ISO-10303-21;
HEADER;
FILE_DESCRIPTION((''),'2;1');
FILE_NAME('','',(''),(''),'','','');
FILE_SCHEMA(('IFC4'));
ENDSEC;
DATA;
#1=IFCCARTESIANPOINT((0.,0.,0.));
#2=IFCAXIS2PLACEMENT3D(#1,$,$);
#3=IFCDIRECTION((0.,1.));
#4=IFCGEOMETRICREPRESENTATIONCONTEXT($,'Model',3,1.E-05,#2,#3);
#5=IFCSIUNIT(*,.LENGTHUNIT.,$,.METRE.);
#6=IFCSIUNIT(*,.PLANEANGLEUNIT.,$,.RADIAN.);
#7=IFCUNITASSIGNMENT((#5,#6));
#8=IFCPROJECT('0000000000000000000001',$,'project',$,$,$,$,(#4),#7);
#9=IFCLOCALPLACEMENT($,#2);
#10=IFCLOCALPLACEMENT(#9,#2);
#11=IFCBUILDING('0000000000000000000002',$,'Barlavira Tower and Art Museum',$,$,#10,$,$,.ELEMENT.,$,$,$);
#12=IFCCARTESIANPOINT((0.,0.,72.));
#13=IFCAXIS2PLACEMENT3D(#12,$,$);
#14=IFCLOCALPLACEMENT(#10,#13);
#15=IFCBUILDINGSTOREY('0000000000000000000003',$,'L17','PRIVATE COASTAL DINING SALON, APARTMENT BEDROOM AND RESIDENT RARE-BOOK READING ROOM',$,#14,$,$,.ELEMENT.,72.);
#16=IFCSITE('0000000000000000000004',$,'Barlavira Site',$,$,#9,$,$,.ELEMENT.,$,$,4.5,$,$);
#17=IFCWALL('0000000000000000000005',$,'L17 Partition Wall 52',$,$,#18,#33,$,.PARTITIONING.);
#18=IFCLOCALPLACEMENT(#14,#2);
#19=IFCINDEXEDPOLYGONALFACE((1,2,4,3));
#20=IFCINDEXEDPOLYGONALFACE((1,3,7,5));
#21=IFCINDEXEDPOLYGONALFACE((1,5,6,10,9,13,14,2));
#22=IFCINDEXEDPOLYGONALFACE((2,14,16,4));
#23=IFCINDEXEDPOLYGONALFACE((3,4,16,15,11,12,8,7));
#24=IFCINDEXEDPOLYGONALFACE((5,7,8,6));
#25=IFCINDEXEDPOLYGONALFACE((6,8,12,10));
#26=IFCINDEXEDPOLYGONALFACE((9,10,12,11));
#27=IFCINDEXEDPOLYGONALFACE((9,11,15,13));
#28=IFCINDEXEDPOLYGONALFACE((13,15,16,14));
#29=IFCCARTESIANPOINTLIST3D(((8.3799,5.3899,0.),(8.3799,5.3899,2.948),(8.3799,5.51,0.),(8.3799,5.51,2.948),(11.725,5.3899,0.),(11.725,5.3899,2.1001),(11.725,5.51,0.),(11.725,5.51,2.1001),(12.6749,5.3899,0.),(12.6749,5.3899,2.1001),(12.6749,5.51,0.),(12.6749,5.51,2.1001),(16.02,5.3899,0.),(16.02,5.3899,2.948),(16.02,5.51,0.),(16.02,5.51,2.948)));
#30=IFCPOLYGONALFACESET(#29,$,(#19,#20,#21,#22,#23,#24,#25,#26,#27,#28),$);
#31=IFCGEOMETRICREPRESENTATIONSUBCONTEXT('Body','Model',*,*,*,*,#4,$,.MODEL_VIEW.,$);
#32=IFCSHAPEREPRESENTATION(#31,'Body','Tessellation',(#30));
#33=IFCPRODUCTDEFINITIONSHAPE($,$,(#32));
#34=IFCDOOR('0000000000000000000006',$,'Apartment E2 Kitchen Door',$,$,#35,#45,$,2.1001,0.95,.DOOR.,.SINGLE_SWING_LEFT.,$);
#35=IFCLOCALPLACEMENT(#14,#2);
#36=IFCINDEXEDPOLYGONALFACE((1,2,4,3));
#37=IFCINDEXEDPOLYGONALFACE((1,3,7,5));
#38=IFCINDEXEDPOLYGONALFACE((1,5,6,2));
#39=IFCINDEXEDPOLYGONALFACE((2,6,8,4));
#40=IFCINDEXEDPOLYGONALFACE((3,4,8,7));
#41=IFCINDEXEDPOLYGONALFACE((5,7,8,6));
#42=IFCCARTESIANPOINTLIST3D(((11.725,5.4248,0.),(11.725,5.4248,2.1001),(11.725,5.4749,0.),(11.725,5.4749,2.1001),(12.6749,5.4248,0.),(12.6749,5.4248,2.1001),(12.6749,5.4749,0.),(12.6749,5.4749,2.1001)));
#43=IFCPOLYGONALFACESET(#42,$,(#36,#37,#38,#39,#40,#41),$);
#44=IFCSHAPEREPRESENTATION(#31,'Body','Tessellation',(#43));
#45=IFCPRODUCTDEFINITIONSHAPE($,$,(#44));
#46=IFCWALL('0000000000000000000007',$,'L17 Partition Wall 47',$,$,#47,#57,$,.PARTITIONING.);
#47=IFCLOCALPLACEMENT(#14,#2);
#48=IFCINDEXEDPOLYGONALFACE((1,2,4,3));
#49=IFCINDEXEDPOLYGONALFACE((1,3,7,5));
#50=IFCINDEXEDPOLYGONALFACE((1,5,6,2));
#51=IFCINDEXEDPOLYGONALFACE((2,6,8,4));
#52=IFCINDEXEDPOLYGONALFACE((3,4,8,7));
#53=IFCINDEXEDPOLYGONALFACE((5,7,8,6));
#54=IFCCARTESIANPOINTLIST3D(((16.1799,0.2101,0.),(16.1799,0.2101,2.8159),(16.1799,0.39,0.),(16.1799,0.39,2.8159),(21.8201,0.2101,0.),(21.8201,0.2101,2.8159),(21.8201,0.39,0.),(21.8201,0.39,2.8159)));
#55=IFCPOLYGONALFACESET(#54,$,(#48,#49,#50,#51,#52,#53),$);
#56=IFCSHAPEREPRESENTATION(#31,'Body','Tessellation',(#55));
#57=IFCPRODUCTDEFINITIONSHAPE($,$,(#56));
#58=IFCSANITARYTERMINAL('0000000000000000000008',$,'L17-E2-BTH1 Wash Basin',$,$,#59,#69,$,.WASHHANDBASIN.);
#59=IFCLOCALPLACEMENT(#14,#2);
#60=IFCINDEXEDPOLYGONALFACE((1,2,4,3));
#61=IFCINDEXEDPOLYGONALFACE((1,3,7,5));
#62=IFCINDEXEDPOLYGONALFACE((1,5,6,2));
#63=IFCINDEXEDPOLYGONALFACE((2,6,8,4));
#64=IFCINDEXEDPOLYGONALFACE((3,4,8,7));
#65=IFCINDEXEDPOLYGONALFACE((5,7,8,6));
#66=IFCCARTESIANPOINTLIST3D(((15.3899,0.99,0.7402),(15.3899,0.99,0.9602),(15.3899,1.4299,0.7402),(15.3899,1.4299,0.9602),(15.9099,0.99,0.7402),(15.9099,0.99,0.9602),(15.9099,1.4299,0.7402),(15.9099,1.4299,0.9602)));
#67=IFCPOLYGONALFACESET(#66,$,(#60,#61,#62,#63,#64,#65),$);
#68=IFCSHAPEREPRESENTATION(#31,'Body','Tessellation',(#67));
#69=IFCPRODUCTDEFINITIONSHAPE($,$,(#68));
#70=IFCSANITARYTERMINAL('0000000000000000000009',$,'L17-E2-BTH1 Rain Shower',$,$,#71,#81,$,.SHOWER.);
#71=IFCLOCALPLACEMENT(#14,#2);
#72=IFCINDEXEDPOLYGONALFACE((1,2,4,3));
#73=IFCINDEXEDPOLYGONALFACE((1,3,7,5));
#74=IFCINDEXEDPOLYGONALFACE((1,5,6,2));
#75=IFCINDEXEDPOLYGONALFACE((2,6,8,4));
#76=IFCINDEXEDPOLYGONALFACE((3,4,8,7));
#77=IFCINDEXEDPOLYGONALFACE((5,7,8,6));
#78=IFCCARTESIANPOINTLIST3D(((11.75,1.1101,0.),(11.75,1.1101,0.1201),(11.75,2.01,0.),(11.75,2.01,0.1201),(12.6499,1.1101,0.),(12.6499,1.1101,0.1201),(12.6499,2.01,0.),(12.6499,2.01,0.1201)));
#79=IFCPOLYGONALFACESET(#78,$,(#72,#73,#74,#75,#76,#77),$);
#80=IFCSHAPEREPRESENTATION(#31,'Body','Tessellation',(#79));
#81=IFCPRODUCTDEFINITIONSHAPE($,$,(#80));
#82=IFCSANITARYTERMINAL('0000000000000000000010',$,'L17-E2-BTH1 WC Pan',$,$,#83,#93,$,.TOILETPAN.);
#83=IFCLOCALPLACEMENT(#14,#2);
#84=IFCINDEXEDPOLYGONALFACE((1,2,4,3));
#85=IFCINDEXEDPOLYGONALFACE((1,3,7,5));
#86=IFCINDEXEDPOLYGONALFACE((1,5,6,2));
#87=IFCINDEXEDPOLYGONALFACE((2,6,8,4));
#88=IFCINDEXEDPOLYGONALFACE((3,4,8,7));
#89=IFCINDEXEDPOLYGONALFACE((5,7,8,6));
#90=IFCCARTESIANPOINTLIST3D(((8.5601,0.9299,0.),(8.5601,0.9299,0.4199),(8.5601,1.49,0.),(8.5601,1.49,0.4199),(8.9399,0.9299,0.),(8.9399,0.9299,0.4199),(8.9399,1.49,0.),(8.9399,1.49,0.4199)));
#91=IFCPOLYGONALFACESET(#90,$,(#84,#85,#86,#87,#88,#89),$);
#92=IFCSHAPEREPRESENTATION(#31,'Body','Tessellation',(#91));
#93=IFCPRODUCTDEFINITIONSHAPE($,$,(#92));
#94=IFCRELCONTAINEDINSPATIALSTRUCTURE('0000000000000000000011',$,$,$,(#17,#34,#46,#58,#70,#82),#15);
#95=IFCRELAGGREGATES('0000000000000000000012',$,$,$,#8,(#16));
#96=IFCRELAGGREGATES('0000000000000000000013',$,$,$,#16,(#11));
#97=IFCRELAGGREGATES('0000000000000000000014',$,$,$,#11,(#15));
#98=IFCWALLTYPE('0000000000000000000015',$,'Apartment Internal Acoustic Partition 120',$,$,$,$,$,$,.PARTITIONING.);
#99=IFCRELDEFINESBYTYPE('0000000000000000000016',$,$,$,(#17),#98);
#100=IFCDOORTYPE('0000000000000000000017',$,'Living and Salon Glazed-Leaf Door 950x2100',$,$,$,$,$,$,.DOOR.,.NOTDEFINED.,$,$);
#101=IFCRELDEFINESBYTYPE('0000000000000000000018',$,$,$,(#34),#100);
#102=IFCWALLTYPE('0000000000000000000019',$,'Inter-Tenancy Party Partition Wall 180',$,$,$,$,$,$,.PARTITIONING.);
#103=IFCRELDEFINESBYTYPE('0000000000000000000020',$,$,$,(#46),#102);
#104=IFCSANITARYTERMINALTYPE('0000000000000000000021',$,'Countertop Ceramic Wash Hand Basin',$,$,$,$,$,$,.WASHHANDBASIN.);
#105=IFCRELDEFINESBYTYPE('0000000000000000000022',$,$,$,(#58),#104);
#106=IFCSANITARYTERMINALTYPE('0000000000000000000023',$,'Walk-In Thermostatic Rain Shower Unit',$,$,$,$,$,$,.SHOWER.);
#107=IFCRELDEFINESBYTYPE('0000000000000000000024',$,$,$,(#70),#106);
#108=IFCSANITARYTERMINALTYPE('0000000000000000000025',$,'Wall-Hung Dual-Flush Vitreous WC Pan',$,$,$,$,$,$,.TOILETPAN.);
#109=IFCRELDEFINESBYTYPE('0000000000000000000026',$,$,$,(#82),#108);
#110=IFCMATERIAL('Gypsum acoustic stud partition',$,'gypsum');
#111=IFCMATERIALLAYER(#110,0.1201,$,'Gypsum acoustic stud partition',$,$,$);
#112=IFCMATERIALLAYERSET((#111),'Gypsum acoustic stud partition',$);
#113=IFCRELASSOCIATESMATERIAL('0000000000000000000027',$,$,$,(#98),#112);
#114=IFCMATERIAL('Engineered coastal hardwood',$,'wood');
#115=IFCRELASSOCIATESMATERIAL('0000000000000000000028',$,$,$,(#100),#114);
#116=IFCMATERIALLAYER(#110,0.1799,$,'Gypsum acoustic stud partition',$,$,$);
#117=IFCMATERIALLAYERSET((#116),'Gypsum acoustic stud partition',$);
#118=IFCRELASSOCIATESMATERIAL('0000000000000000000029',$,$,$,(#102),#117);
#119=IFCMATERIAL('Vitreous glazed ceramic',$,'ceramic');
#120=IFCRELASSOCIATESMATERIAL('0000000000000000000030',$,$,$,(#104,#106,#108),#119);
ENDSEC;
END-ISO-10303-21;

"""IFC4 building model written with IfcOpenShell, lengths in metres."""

from ifc_helpers import new_model, si_unit, direction, frame, frame_2d, origin, origin_2d, place, context, subcontext, project, spatial, rectangle, extrude, material, layer, layer_set, type_object, element, fill, save


model = new_model("IFC4")

# Units and contexts
model_context = context("Model", 3, precision=1e-05, world=origin(), true_north=direction((0.0, 1.0)))
body_context = subcontext(model_context, "Body", "Model", "MODEL_VIEW")
ifc_project = project(units=[si_unit("LENGTHUNIT", "METRE"), si_unit("PLANEANGLEUNIT", "RADIAN")], contexts=[model_context])

# Site, building, storey
site_placement = place(None, origin())
site = spatial("IfcSite", under=ifc_project, at=site_placement, Name="Barlavira Site", CompositionType="ELEMENT", RefElevation=4.5)
building_placement = place(site_placement, origin())
building = spatial("IfcBuilding", under=site, at=building_placement, Name="Barlavira Tower and Art Museum", CompositionType="ELEMENT")
storey_placement = place(building_placement, frame((0.0, 0.0, 72.0)))
storey = spatial("IfcBuildingStorey", under=building, at=storey_placement, Name="L17", Description="PRIVATE COASTAL DINING SALON, APARTMENT BEDROOM AND RESIDENT RARE-BOOK READING ROOM", CompositionType="ELEMENT", Elevation=72.0)

# Wall, opening, door
ifc_material_1 = material(Name="Gypsum acoustic stud partition", Category="gypsum")
ifc_layer_1 = layer(ifc_material_1, 0.1201, Name="Gypsum acoustic stud partition")
ifc_layer_set_1 = layer_set([ifc_layer_1], Name="Gypsum acoustic stud partition")
wall_type_1 = type_object("IfcWallType", Name="Apartment Internal Acoustic Partition 120", PredefinedType="PARTITIONING", material=ifc_layer_set_1)
ifc_material_2 = material(Name="Engineered coastal hardwood", Category="wood")
wall_1_placement = place(storey_placement, frame((8.3799, 5.45, 0.0), z_axis=(0.0, 0.0, 1.0), x_axis=(1.0, 0.0, 0.0)))
wall_1 = element("IfcWall", 1, at=wall_1_placement, inside=storey, type_object=wall_type_1, Name="L17 Partition Wall 52", PredefinedType="PARTITIONING", context=body_context, shape_type="SweptSolid", body=[
    extrude(rectangle(XDim=7.6401, YDim=0.1201, at=frame_2d((3.8201, 0.0))), origin(), (0.0, 0.0, 1.0), 2.948),
])
opening_1_placement = place(wall_1_placement, frame((3.345, 0.0, 0.0)))
opening_1 = element("IfcOpeningElement", 2, at=opening_1_placement, cuts=wall_1, PredefinedType="OPENING", context=body_context, shape_type="SweptSolid", body=[
    extrude(rectangle(XDim=0.95, YDim=2.1001, at=frame_2d((0.4751, 1.05))), frame((0.0, 0.0701, 0.0), z_axis=(0.0, -1.0, 0.0), x_axis=(1.0, 0.0, 0.0)), (0.0, 0.0, 1.0), 0.1401),
])
door_type_1 = type_object("IfcDoorType", Name="Living and Salon Glazed-Leaf Door 950x2100", OperationType="NOTDEFINED", PredefinedType="DOOR", material=ifc_material_2)
door_1_placement = place(opening_1_placement, origin())
door_1 = element("IfcDoor", 3, at=door_1_placement, inside=storey, type_object=door_type_1, Name="Apartment E2 Kitchen Door", OperationType="SINGLE_SWING_LEFT", OverallHeight=2.1001, OverallWidth=0.95, PredefinedType="DOOR", context=body_context, shape_type="SweptSolid", body=[
    extrude(rectangle(XDim=0.95, YDim=2.1001, at=frame_2d((0.4751, 1.05))), frame((0.0, 0.0249, 0.0), z_axis=(0.0, -1.0, 0.0), x_axis=(1.0, 0.0, 0.0)), (0.0, 0.0, 1.0), 0.05),
])
fill(opening_1, door_1)

# Wall
ifc_layer_2 = layer(ifc_material_1, 0.1799, Name="Gypsum acoustic stud partition")
ifc_layer_set_2 = layer_set([ifc_layer_2], Name="Gypsum acoustic stud partition")
wall_type_2 = type_object("IfcWallType", Name="Inter-Tenancy Party Partition Wall 180", PredefinedType="PARTITIONING", material=ifc_layer_set_2)
wall_2_placement = place(storey_placement, frame((16.1799, 0.3, 0.0), z_axis=(0.0, 0.0, 1.0), x_axis=(1.0, 0.0, 0.0)))
element("IfcWall", 4, at=wall_2_placement, inside=storey, type_object=wall_type_2, Name="L17 Partition Wall 47", PredefinedType="PARTITIONING", context=body_context, shape_type="SweptSolid", body=[
    extrude(rectangle(XDim=5.6401, YDim=0.1799, at=frame_2d((2.8201, 0.0))), origin(), (0.0, 0.0, 1.0), 2.8159),
])

# Sanitary terminals
ifc_material_3 = material(Name="Vitreous glazed ceramic", Category="ceramic")
sanitary_terminal_type_1 = type_object("IfcSanitaryTerminalType", Name="Countertop Ceramic Wash Hand Basin", PredefinedType="WASHHANDBASIN", material=ifc_material_3)
sanitary_terminal_1_placement = place(storey_placement, frame((15.6499, 1.21, 0.7402), z_axis=(0.0, 0.0, 1.0), x_axis=(1.0, 0.0, 0.0)))
element("IfcSanitaryTerminal", 5, at=sanitary_terminal_1_placement, inside=storey, type_object=sanitary_terminal_type_1, Name="L17-E2-BTH1 Wash Basin", PredefinedType="WASHHANDBASIN", context=body_context, shape_type="SweptSolid", body=[
    extrude(rectangle(XDim=0.52, YDim=0.4399, at=origin_2d()), origin(), (0.0, 0.0, 1.0), 0.22),
])
sanitary_terminal_type_2 = type_object("IfcSanitaryTerminalType", Name="Walk-In Thermostatic Rain Shower Unit", PredefinedType="SHOWER", material=ifc_material_3)
sanitary_terminal_2_placement = place(storey_placement, frame((12.2, 1.5601, 0.0), z_axis=(0.0, 0.0, 1.0), x_axis=(1.0, 0.0, 0.0)))
element("IfcSanitaryTerminal", 6, at=sanitary_terminal_2_placement, inside=storey, type_object=sanitary_terminal_type_2, Name="L17-E2-BTH1 Rain Shower", PredefinedType="SHOWER", context=body_context, shape_type="SweptSolid", body=[
    extrude(rectangle(XDim=0.8999, YDim=0.8999, at=origin_2d()), origin(), (0.0, 0.0, 1.0), 0.1201),
])
sanitary_terminal_type_3 = type_object("IfcSanitaryTerminalType", Name="Wall-Hung Dual-Flush Vitreous WC Pan", PredefinedType="TOILETPAN", material=ifc_material_3)
sanitary_terminal_3_placement = place(storey_placement, frame((8.75, 1.21, 0.0), z_axis=(0.0, 0.0, 1.0), x_axis=(1.0, 0.0, 0.0)))
element("IfcSanitaryTerminal", 7, at=sanitary_terminal_3_placement, inside=storey, type_object=sanitary_terminal_type_3, Name="L17-E2-BTH1 WC Pan", PredefinedType="TOILETPAN", context=body_context, shape_type="SweptSolid", body=[
    extrude(rectangle(XDim=0.3799, YDim=0.5601, at=origin_2d()), origin(), (0.0, 0.0, 1.0), 0.4199),
])

save(model, "model.ifc")
